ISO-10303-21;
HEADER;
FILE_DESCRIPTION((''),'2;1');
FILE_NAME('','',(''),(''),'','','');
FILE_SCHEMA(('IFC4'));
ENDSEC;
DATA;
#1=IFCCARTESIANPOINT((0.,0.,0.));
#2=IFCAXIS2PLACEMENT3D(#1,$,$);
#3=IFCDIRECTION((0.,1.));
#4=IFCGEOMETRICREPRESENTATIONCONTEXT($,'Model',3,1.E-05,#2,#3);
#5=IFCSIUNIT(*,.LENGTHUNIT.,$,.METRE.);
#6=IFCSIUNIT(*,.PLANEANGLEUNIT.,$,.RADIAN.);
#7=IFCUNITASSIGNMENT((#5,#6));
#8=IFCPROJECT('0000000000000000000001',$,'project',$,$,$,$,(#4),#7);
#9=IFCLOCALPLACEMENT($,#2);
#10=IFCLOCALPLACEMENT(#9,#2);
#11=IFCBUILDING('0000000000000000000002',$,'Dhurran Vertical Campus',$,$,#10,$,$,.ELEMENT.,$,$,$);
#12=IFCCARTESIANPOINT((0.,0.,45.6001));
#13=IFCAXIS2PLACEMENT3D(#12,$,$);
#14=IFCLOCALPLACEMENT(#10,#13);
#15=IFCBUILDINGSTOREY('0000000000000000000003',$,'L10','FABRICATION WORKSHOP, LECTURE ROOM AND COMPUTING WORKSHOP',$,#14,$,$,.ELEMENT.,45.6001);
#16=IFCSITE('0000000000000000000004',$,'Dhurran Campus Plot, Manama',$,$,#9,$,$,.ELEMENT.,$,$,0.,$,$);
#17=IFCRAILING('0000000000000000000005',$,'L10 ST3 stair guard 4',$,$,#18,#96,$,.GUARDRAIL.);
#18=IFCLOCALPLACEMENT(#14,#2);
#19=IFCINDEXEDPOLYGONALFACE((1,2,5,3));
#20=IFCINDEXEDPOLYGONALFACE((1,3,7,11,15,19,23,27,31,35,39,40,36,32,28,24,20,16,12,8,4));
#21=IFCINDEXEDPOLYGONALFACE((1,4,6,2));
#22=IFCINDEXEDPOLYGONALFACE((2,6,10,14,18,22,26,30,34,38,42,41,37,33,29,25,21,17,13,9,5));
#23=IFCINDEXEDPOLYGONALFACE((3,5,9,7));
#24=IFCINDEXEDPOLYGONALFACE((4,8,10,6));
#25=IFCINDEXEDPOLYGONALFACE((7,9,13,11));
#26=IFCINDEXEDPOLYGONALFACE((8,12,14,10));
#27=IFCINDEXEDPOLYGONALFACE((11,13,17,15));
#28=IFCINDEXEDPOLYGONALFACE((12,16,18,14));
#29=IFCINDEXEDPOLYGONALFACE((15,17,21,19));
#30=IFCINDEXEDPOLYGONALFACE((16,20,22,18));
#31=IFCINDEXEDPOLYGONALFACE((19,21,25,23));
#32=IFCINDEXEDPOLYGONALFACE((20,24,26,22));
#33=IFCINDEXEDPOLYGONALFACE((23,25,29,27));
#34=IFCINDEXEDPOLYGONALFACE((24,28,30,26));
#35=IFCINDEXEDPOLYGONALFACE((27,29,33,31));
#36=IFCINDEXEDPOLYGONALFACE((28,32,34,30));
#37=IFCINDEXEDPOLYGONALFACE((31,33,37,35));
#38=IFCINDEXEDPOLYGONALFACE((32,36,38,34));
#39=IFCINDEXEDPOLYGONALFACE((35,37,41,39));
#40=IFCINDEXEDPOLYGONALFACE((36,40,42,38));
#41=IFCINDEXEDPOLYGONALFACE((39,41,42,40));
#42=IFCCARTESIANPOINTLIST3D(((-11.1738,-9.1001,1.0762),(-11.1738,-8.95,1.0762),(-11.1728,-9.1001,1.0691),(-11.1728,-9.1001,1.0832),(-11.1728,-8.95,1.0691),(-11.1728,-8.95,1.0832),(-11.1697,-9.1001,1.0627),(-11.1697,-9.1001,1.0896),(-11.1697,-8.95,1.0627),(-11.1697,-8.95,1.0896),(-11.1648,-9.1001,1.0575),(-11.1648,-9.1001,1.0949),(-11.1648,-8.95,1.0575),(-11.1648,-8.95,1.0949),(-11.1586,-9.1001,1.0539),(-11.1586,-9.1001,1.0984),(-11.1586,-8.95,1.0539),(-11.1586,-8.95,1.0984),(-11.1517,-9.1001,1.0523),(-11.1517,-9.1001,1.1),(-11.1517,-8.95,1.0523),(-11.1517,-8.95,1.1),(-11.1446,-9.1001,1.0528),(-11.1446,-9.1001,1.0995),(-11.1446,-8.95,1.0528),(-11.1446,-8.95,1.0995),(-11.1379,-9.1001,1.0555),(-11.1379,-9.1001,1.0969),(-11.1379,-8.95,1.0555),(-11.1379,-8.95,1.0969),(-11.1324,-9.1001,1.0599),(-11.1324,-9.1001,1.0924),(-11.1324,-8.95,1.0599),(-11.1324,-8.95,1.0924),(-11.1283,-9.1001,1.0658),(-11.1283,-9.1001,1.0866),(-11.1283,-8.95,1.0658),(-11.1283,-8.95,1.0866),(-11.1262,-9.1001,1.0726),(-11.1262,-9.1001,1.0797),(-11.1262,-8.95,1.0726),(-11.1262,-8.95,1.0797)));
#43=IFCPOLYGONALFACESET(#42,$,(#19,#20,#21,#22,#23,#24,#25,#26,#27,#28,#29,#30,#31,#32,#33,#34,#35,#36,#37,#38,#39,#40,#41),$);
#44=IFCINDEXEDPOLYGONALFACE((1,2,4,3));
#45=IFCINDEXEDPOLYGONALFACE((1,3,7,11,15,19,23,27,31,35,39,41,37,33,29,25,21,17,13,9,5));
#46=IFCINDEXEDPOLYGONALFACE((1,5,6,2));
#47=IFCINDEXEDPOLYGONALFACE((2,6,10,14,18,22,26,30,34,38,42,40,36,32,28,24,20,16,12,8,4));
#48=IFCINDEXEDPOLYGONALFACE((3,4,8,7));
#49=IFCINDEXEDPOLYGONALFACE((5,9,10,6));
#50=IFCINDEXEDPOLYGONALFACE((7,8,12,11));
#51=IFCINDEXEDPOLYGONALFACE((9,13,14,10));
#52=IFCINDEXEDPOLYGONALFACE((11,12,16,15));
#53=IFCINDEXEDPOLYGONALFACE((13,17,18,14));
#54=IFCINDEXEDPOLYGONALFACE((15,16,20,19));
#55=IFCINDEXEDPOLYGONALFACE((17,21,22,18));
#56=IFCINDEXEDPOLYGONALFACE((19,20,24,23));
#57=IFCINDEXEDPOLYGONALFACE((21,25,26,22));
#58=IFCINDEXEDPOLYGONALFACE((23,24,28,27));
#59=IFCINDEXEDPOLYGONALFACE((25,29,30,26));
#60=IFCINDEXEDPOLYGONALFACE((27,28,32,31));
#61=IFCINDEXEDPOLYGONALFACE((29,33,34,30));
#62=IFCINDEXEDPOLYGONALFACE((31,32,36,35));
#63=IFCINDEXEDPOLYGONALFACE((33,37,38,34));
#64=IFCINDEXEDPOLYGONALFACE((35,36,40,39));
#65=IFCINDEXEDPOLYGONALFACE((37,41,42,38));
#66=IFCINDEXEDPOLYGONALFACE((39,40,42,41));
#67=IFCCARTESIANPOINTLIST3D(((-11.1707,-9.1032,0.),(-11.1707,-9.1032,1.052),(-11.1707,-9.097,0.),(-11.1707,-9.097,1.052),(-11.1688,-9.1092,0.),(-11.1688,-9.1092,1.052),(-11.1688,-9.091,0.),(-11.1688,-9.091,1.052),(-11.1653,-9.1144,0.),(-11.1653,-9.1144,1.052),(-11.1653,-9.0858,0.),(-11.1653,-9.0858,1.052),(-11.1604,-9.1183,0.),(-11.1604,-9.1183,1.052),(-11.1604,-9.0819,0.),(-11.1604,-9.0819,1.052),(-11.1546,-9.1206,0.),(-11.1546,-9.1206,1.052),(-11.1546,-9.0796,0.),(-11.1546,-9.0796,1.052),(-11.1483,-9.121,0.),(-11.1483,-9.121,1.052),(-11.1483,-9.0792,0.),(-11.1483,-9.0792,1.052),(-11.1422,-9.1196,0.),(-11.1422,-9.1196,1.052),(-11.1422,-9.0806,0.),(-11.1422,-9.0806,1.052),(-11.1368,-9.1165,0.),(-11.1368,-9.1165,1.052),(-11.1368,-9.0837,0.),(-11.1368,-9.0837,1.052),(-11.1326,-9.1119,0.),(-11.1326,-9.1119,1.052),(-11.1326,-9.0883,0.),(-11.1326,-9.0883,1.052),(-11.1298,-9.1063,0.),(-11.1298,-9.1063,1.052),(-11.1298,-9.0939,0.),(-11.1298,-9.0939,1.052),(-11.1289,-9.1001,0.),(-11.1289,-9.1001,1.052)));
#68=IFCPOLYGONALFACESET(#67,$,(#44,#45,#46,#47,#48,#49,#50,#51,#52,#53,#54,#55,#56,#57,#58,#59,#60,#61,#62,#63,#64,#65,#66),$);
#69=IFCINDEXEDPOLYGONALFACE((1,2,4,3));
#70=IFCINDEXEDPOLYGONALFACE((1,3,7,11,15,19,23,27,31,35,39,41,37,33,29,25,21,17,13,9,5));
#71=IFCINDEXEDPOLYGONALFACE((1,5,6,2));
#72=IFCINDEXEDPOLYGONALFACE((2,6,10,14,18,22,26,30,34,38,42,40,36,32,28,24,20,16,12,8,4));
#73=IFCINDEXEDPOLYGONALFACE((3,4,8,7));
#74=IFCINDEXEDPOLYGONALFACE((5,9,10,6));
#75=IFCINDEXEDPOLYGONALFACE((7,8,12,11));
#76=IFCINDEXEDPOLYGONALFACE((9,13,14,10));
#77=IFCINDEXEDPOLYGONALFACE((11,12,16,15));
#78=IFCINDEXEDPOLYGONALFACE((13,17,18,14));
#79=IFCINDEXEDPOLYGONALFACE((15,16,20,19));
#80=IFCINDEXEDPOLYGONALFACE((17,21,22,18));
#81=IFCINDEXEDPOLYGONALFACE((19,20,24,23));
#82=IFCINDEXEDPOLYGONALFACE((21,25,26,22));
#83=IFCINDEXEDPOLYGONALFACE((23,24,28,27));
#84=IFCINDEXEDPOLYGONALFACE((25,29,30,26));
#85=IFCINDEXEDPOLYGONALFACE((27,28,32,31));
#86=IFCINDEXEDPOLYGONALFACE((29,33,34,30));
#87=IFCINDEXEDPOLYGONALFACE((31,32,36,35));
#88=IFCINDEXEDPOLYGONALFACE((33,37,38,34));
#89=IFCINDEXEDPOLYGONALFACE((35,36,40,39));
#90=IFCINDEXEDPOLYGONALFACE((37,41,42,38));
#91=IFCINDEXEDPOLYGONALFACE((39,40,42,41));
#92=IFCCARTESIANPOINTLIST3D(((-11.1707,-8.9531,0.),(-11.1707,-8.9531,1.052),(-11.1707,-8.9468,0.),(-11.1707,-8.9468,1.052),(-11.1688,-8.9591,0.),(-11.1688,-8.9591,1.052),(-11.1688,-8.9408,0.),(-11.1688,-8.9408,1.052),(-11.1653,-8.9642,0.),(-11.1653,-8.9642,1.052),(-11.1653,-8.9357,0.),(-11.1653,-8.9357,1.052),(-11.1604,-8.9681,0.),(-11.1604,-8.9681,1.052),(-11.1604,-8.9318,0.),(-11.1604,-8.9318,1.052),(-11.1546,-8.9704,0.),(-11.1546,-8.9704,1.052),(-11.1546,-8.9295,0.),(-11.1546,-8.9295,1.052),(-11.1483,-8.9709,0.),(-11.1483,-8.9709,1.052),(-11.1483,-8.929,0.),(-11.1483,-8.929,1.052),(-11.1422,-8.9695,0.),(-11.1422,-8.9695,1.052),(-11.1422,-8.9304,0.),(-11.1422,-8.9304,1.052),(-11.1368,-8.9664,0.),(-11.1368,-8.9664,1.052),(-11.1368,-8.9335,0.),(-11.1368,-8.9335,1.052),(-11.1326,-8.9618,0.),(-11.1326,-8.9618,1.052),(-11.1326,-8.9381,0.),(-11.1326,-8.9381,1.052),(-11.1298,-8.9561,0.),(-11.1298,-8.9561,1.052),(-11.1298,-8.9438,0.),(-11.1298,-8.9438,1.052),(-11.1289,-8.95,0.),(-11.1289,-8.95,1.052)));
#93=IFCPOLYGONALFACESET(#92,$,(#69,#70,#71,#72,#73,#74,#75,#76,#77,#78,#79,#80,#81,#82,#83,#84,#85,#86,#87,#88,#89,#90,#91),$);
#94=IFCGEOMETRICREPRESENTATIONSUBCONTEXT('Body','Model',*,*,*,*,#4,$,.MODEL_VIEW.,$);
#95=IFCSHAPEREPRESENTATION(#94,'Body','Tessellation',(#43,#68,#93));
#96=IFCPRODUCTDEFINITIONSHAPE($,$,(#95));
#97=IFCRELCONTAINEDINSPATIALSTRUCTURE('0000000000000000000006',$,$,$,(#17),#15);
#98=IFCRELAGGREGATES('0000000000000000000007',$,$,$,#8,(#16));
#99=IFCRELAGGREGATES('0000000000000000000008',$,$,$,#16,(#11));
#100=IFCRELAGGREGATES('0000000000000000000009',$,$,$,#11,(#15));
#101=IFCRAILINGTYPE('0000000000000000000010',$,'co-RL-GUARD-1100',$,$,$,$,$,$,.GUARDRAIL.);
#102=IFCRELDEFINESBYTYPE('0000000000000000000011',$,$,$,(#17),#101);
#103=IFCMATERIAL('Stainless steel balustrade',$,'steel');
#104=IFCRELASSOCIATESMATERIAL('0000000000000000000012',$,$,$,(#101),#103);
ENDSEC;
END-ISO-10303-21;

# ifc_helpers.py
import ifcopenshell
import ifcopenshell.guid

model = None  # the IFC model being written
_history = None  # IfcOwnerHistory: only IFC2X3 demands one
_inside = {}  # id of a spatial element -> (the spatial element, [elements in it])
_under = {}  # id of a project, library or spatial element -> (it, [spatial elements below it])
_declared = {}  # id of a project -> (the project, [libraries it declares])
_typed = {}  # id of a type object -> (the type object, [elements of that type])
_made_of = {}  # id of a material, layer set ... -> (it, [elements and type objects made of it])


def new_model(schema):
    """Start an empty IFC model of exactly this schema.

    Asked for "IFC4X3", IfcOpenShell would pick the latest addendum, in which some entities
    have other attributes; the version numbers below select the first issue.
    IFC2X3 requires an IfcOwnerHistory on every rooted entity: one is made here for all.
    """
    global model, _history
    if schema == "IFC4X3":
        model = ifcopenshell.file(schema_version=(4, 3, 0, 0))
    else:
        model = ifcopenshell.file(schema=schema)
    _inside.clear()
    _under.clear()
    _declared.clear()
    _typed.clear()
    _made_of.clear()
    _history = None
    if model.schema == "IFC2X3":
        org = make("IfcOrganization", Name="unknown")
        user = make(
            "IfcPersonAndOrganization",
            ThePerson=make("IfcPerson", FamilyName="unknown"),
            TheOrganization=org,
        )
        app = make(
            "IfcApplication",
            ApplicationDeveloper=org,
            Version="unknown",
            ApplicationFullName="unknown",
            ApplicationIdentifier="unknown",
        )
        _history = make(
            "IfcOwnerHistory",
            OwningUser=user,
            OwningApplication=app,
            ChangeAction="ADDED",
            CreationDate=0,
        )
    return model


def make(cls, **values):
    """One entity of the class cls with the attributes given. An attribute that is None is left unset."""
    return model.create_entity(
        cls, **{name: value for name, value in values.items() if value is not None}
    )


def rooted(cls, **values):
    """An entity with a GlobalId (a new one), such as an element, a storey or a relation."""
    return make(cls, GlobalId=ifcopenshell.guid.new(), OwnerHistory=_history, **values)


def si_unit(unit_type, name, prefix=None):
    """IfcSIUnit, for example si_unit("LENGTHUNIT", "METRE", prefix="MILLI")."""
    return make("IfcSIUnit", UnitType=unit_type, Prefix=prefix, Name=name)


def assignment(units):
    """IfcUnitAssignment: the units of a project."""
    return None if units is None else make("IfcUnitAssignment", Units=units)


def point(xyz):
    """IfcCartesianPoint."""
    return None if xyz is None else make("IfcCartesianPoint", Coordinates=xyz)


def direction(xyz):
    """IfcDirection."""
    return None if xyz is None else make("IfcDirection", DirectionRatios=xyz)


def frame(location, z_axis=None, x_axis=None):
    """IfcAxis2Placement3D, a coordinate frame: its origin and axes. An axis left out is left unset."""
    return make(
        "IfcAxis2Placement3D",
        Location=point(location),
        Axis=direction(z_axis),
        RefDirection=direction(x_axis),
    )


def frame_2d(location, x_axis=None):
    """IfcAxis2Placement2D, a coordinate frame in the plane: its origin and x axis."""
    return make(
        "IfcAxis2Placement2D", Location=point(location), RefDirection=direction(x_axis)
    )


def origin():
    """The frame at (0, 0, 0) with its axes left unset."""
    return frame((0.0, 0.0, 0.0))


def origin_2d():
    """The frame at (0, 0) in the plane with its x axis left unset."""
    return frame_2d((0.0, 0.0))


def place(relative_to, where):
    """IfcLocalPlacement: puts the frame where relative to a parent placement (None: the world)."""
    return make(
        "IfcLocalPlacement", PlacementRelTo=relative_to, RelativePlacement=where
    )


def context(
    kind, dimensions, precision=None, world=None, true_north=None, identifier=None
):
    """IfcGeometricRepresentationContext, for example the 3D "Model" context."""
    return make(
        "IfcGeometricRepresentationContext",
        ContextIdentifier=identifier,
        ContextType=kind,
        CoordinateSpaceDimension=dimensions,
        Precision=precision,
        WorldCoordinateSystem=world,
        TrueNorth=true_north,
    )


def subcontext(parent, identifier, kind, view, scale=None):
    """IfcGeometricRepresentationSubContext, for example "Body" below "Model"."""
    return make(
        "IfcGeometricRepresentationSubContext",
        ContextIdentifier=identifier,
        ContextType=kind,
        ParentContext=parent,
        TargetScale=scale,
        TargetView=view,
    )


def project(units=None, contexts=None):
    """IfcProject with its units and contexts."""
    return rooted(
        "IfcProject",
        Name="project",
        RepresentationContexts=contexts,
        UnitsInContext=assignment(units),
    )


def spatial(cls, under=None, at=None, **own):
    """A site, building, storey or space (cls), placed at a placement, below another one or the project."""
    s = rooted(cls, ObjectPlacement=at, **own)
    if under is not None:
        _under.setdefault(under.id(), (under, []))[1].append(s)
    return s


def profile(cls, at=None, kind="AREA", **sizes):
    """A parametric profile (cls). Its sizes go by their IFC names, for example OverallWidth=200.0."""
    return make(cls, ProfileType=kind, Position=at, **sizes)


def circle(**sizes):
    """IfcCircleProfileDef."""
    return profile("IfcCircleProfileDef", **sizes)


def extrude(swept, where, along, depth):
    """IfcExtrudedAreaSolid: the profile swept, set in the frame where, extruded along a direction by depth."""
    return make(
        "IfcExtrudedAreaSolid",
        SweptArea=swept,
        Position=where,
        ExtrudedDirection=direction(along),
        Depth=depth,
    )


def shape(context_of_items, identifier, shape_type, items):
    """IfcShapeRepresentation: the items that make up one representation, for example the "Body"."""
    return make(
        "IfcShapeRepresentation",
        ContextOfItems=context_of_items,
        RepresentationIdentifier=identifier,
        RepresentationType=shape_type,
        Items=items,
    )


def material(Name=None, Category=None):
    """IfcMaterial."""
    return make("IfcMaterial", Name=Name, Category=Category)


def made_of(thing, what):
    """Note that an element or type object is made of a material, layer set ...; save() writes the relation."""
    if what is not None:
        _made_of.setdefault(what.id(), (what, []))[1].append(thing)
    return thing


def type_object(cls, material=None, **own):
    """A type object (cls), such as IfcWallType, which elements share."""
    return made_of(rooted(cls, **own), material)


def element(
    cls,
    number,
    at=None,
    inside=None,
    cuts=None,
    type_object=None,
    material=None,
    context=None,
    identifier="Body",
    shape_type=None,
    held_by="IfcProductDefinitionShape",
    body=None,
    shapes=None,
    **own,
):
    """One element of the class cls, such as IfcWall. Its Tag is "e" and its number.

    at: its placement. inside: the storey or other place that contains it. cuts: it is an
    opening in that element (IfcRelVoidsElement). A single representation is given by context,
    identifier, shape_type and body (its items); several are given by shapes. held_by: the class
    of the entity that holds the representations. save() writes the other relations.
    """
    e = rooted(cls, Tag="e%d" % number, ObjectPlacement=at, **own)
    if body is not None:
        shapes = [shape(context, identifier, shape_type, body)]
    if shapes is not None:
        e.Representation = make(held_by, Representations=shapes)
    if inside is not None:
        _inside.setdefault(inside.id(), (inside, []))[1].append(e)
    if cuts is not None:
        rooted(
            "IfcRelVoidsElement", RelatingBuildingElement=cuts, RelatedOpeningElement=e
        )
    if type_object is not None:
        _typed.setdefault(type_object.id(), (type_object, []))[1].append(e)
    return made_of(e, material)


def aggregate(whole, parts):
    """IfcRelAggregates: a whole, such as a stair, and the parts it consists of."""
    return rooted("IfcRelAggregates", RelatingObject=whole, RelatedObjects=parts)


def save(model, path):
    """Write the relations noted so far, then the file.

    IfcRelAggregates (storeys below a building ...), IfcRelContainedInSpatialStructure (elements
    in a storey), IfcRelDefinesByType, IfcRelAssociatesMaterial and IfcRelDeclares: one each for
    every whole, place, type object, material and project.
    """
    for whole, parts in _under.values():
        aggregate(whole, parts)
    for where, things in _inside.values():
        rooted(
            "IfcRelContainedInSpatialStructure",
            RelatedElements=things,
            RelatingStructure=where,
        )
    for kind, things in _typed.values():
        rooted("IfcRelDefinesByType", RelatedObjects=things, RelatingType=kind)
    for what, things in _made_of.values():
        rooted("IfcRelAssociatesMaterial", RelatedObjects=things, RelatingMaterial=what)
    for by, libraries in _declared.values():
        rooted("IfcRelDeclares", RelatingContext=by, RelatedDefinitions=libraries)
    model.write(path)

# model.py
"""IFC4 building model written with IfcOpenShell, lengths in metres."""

from ifc_helpers import new_model, si_unit, direction, frame, origin, origin_2d, place, context, subcontext, project, spatial, circle, extrude, material, type_object, element, save


model = new_model("IFC4")

# Units and contexts
model_context = context("Model", 3, precision=1e-05, world=origin(), true_north=direction((0.0, 1.0)))
body_context = subcontext(model_context, "Body", "Model", "MODEL_VIEW")
ifc_project = project(units=[si_unit("LENGTHUNIT", "METRE"), si_unit("PLANEANGLEUNIT", "RADIAN")], contexts=[model_context])

# Site, building, storey
site_placement = place(None, origin())
site = spatial("IfcSite", under=ifc_project, at=site_placement, Name="Dhurran Campus Plot, Manama", CompositionType="ELEMENT", RefElevation=0.0)
building_placement = place(site_placement, origin())
building = spatial("IfcBuilding", under=site, at=building_placement, Name="Dhurran Vertical Campus", CompositionType="ELEMENT")
storey_placement = place(building_placement, frame((0.0, 0.0, 45.6001)))
storey = spatial("IfcBuildingStorey", under=building, at=storey_placement, Name="L10", Description="FABRICATION WORKSHOP, LECTURE ROOM AND COMPUTING WORKSHOP", CompositionType="ELEMENT", Elevation=45.6001)

# Railing
ifc_material_1 = material(Name="Stainless steel balustrade", Category="steel")
railing_type_1 = type_object("IfcRailingType", Name="co-RL-GUARD-1100", PredefinedType="GUARDRAIL", material=ifc_material_1)
railing_1_placement = place(storey_placement, frame((-11.1499, -9.1001, 0.0)))
element("IfcRailing", 1, at=railing_1_placement, inside=storey, type_object=railing_type_1, Name="L10 ST3 stair guard 4", PredefinedType="GUARDRAIL", context=body_context, shape_type="SweptSolid", body=[
    extrude(circle(Radius=0.0239, at=origin_2d()), frame((0.0, 0.0, 1.0762), z_axis=(0.0, 1.0, 0.0), x_axis=(-1.0, 0.0, 0.0)), (0.0, 0.0, 1.0), 0.1501),
    extrude(circle(Radius=0.021, at=origin_2d()), origin(), (0.0, 0.0, 1.0), 1.052),
    extrude(circle(Radius=0.021, at=origin_2d()), frame((0.0, 0.1501, 0.0)), (0.0, 0.0, 1.0), 1.052),
])

save(model, "model.ifc")
